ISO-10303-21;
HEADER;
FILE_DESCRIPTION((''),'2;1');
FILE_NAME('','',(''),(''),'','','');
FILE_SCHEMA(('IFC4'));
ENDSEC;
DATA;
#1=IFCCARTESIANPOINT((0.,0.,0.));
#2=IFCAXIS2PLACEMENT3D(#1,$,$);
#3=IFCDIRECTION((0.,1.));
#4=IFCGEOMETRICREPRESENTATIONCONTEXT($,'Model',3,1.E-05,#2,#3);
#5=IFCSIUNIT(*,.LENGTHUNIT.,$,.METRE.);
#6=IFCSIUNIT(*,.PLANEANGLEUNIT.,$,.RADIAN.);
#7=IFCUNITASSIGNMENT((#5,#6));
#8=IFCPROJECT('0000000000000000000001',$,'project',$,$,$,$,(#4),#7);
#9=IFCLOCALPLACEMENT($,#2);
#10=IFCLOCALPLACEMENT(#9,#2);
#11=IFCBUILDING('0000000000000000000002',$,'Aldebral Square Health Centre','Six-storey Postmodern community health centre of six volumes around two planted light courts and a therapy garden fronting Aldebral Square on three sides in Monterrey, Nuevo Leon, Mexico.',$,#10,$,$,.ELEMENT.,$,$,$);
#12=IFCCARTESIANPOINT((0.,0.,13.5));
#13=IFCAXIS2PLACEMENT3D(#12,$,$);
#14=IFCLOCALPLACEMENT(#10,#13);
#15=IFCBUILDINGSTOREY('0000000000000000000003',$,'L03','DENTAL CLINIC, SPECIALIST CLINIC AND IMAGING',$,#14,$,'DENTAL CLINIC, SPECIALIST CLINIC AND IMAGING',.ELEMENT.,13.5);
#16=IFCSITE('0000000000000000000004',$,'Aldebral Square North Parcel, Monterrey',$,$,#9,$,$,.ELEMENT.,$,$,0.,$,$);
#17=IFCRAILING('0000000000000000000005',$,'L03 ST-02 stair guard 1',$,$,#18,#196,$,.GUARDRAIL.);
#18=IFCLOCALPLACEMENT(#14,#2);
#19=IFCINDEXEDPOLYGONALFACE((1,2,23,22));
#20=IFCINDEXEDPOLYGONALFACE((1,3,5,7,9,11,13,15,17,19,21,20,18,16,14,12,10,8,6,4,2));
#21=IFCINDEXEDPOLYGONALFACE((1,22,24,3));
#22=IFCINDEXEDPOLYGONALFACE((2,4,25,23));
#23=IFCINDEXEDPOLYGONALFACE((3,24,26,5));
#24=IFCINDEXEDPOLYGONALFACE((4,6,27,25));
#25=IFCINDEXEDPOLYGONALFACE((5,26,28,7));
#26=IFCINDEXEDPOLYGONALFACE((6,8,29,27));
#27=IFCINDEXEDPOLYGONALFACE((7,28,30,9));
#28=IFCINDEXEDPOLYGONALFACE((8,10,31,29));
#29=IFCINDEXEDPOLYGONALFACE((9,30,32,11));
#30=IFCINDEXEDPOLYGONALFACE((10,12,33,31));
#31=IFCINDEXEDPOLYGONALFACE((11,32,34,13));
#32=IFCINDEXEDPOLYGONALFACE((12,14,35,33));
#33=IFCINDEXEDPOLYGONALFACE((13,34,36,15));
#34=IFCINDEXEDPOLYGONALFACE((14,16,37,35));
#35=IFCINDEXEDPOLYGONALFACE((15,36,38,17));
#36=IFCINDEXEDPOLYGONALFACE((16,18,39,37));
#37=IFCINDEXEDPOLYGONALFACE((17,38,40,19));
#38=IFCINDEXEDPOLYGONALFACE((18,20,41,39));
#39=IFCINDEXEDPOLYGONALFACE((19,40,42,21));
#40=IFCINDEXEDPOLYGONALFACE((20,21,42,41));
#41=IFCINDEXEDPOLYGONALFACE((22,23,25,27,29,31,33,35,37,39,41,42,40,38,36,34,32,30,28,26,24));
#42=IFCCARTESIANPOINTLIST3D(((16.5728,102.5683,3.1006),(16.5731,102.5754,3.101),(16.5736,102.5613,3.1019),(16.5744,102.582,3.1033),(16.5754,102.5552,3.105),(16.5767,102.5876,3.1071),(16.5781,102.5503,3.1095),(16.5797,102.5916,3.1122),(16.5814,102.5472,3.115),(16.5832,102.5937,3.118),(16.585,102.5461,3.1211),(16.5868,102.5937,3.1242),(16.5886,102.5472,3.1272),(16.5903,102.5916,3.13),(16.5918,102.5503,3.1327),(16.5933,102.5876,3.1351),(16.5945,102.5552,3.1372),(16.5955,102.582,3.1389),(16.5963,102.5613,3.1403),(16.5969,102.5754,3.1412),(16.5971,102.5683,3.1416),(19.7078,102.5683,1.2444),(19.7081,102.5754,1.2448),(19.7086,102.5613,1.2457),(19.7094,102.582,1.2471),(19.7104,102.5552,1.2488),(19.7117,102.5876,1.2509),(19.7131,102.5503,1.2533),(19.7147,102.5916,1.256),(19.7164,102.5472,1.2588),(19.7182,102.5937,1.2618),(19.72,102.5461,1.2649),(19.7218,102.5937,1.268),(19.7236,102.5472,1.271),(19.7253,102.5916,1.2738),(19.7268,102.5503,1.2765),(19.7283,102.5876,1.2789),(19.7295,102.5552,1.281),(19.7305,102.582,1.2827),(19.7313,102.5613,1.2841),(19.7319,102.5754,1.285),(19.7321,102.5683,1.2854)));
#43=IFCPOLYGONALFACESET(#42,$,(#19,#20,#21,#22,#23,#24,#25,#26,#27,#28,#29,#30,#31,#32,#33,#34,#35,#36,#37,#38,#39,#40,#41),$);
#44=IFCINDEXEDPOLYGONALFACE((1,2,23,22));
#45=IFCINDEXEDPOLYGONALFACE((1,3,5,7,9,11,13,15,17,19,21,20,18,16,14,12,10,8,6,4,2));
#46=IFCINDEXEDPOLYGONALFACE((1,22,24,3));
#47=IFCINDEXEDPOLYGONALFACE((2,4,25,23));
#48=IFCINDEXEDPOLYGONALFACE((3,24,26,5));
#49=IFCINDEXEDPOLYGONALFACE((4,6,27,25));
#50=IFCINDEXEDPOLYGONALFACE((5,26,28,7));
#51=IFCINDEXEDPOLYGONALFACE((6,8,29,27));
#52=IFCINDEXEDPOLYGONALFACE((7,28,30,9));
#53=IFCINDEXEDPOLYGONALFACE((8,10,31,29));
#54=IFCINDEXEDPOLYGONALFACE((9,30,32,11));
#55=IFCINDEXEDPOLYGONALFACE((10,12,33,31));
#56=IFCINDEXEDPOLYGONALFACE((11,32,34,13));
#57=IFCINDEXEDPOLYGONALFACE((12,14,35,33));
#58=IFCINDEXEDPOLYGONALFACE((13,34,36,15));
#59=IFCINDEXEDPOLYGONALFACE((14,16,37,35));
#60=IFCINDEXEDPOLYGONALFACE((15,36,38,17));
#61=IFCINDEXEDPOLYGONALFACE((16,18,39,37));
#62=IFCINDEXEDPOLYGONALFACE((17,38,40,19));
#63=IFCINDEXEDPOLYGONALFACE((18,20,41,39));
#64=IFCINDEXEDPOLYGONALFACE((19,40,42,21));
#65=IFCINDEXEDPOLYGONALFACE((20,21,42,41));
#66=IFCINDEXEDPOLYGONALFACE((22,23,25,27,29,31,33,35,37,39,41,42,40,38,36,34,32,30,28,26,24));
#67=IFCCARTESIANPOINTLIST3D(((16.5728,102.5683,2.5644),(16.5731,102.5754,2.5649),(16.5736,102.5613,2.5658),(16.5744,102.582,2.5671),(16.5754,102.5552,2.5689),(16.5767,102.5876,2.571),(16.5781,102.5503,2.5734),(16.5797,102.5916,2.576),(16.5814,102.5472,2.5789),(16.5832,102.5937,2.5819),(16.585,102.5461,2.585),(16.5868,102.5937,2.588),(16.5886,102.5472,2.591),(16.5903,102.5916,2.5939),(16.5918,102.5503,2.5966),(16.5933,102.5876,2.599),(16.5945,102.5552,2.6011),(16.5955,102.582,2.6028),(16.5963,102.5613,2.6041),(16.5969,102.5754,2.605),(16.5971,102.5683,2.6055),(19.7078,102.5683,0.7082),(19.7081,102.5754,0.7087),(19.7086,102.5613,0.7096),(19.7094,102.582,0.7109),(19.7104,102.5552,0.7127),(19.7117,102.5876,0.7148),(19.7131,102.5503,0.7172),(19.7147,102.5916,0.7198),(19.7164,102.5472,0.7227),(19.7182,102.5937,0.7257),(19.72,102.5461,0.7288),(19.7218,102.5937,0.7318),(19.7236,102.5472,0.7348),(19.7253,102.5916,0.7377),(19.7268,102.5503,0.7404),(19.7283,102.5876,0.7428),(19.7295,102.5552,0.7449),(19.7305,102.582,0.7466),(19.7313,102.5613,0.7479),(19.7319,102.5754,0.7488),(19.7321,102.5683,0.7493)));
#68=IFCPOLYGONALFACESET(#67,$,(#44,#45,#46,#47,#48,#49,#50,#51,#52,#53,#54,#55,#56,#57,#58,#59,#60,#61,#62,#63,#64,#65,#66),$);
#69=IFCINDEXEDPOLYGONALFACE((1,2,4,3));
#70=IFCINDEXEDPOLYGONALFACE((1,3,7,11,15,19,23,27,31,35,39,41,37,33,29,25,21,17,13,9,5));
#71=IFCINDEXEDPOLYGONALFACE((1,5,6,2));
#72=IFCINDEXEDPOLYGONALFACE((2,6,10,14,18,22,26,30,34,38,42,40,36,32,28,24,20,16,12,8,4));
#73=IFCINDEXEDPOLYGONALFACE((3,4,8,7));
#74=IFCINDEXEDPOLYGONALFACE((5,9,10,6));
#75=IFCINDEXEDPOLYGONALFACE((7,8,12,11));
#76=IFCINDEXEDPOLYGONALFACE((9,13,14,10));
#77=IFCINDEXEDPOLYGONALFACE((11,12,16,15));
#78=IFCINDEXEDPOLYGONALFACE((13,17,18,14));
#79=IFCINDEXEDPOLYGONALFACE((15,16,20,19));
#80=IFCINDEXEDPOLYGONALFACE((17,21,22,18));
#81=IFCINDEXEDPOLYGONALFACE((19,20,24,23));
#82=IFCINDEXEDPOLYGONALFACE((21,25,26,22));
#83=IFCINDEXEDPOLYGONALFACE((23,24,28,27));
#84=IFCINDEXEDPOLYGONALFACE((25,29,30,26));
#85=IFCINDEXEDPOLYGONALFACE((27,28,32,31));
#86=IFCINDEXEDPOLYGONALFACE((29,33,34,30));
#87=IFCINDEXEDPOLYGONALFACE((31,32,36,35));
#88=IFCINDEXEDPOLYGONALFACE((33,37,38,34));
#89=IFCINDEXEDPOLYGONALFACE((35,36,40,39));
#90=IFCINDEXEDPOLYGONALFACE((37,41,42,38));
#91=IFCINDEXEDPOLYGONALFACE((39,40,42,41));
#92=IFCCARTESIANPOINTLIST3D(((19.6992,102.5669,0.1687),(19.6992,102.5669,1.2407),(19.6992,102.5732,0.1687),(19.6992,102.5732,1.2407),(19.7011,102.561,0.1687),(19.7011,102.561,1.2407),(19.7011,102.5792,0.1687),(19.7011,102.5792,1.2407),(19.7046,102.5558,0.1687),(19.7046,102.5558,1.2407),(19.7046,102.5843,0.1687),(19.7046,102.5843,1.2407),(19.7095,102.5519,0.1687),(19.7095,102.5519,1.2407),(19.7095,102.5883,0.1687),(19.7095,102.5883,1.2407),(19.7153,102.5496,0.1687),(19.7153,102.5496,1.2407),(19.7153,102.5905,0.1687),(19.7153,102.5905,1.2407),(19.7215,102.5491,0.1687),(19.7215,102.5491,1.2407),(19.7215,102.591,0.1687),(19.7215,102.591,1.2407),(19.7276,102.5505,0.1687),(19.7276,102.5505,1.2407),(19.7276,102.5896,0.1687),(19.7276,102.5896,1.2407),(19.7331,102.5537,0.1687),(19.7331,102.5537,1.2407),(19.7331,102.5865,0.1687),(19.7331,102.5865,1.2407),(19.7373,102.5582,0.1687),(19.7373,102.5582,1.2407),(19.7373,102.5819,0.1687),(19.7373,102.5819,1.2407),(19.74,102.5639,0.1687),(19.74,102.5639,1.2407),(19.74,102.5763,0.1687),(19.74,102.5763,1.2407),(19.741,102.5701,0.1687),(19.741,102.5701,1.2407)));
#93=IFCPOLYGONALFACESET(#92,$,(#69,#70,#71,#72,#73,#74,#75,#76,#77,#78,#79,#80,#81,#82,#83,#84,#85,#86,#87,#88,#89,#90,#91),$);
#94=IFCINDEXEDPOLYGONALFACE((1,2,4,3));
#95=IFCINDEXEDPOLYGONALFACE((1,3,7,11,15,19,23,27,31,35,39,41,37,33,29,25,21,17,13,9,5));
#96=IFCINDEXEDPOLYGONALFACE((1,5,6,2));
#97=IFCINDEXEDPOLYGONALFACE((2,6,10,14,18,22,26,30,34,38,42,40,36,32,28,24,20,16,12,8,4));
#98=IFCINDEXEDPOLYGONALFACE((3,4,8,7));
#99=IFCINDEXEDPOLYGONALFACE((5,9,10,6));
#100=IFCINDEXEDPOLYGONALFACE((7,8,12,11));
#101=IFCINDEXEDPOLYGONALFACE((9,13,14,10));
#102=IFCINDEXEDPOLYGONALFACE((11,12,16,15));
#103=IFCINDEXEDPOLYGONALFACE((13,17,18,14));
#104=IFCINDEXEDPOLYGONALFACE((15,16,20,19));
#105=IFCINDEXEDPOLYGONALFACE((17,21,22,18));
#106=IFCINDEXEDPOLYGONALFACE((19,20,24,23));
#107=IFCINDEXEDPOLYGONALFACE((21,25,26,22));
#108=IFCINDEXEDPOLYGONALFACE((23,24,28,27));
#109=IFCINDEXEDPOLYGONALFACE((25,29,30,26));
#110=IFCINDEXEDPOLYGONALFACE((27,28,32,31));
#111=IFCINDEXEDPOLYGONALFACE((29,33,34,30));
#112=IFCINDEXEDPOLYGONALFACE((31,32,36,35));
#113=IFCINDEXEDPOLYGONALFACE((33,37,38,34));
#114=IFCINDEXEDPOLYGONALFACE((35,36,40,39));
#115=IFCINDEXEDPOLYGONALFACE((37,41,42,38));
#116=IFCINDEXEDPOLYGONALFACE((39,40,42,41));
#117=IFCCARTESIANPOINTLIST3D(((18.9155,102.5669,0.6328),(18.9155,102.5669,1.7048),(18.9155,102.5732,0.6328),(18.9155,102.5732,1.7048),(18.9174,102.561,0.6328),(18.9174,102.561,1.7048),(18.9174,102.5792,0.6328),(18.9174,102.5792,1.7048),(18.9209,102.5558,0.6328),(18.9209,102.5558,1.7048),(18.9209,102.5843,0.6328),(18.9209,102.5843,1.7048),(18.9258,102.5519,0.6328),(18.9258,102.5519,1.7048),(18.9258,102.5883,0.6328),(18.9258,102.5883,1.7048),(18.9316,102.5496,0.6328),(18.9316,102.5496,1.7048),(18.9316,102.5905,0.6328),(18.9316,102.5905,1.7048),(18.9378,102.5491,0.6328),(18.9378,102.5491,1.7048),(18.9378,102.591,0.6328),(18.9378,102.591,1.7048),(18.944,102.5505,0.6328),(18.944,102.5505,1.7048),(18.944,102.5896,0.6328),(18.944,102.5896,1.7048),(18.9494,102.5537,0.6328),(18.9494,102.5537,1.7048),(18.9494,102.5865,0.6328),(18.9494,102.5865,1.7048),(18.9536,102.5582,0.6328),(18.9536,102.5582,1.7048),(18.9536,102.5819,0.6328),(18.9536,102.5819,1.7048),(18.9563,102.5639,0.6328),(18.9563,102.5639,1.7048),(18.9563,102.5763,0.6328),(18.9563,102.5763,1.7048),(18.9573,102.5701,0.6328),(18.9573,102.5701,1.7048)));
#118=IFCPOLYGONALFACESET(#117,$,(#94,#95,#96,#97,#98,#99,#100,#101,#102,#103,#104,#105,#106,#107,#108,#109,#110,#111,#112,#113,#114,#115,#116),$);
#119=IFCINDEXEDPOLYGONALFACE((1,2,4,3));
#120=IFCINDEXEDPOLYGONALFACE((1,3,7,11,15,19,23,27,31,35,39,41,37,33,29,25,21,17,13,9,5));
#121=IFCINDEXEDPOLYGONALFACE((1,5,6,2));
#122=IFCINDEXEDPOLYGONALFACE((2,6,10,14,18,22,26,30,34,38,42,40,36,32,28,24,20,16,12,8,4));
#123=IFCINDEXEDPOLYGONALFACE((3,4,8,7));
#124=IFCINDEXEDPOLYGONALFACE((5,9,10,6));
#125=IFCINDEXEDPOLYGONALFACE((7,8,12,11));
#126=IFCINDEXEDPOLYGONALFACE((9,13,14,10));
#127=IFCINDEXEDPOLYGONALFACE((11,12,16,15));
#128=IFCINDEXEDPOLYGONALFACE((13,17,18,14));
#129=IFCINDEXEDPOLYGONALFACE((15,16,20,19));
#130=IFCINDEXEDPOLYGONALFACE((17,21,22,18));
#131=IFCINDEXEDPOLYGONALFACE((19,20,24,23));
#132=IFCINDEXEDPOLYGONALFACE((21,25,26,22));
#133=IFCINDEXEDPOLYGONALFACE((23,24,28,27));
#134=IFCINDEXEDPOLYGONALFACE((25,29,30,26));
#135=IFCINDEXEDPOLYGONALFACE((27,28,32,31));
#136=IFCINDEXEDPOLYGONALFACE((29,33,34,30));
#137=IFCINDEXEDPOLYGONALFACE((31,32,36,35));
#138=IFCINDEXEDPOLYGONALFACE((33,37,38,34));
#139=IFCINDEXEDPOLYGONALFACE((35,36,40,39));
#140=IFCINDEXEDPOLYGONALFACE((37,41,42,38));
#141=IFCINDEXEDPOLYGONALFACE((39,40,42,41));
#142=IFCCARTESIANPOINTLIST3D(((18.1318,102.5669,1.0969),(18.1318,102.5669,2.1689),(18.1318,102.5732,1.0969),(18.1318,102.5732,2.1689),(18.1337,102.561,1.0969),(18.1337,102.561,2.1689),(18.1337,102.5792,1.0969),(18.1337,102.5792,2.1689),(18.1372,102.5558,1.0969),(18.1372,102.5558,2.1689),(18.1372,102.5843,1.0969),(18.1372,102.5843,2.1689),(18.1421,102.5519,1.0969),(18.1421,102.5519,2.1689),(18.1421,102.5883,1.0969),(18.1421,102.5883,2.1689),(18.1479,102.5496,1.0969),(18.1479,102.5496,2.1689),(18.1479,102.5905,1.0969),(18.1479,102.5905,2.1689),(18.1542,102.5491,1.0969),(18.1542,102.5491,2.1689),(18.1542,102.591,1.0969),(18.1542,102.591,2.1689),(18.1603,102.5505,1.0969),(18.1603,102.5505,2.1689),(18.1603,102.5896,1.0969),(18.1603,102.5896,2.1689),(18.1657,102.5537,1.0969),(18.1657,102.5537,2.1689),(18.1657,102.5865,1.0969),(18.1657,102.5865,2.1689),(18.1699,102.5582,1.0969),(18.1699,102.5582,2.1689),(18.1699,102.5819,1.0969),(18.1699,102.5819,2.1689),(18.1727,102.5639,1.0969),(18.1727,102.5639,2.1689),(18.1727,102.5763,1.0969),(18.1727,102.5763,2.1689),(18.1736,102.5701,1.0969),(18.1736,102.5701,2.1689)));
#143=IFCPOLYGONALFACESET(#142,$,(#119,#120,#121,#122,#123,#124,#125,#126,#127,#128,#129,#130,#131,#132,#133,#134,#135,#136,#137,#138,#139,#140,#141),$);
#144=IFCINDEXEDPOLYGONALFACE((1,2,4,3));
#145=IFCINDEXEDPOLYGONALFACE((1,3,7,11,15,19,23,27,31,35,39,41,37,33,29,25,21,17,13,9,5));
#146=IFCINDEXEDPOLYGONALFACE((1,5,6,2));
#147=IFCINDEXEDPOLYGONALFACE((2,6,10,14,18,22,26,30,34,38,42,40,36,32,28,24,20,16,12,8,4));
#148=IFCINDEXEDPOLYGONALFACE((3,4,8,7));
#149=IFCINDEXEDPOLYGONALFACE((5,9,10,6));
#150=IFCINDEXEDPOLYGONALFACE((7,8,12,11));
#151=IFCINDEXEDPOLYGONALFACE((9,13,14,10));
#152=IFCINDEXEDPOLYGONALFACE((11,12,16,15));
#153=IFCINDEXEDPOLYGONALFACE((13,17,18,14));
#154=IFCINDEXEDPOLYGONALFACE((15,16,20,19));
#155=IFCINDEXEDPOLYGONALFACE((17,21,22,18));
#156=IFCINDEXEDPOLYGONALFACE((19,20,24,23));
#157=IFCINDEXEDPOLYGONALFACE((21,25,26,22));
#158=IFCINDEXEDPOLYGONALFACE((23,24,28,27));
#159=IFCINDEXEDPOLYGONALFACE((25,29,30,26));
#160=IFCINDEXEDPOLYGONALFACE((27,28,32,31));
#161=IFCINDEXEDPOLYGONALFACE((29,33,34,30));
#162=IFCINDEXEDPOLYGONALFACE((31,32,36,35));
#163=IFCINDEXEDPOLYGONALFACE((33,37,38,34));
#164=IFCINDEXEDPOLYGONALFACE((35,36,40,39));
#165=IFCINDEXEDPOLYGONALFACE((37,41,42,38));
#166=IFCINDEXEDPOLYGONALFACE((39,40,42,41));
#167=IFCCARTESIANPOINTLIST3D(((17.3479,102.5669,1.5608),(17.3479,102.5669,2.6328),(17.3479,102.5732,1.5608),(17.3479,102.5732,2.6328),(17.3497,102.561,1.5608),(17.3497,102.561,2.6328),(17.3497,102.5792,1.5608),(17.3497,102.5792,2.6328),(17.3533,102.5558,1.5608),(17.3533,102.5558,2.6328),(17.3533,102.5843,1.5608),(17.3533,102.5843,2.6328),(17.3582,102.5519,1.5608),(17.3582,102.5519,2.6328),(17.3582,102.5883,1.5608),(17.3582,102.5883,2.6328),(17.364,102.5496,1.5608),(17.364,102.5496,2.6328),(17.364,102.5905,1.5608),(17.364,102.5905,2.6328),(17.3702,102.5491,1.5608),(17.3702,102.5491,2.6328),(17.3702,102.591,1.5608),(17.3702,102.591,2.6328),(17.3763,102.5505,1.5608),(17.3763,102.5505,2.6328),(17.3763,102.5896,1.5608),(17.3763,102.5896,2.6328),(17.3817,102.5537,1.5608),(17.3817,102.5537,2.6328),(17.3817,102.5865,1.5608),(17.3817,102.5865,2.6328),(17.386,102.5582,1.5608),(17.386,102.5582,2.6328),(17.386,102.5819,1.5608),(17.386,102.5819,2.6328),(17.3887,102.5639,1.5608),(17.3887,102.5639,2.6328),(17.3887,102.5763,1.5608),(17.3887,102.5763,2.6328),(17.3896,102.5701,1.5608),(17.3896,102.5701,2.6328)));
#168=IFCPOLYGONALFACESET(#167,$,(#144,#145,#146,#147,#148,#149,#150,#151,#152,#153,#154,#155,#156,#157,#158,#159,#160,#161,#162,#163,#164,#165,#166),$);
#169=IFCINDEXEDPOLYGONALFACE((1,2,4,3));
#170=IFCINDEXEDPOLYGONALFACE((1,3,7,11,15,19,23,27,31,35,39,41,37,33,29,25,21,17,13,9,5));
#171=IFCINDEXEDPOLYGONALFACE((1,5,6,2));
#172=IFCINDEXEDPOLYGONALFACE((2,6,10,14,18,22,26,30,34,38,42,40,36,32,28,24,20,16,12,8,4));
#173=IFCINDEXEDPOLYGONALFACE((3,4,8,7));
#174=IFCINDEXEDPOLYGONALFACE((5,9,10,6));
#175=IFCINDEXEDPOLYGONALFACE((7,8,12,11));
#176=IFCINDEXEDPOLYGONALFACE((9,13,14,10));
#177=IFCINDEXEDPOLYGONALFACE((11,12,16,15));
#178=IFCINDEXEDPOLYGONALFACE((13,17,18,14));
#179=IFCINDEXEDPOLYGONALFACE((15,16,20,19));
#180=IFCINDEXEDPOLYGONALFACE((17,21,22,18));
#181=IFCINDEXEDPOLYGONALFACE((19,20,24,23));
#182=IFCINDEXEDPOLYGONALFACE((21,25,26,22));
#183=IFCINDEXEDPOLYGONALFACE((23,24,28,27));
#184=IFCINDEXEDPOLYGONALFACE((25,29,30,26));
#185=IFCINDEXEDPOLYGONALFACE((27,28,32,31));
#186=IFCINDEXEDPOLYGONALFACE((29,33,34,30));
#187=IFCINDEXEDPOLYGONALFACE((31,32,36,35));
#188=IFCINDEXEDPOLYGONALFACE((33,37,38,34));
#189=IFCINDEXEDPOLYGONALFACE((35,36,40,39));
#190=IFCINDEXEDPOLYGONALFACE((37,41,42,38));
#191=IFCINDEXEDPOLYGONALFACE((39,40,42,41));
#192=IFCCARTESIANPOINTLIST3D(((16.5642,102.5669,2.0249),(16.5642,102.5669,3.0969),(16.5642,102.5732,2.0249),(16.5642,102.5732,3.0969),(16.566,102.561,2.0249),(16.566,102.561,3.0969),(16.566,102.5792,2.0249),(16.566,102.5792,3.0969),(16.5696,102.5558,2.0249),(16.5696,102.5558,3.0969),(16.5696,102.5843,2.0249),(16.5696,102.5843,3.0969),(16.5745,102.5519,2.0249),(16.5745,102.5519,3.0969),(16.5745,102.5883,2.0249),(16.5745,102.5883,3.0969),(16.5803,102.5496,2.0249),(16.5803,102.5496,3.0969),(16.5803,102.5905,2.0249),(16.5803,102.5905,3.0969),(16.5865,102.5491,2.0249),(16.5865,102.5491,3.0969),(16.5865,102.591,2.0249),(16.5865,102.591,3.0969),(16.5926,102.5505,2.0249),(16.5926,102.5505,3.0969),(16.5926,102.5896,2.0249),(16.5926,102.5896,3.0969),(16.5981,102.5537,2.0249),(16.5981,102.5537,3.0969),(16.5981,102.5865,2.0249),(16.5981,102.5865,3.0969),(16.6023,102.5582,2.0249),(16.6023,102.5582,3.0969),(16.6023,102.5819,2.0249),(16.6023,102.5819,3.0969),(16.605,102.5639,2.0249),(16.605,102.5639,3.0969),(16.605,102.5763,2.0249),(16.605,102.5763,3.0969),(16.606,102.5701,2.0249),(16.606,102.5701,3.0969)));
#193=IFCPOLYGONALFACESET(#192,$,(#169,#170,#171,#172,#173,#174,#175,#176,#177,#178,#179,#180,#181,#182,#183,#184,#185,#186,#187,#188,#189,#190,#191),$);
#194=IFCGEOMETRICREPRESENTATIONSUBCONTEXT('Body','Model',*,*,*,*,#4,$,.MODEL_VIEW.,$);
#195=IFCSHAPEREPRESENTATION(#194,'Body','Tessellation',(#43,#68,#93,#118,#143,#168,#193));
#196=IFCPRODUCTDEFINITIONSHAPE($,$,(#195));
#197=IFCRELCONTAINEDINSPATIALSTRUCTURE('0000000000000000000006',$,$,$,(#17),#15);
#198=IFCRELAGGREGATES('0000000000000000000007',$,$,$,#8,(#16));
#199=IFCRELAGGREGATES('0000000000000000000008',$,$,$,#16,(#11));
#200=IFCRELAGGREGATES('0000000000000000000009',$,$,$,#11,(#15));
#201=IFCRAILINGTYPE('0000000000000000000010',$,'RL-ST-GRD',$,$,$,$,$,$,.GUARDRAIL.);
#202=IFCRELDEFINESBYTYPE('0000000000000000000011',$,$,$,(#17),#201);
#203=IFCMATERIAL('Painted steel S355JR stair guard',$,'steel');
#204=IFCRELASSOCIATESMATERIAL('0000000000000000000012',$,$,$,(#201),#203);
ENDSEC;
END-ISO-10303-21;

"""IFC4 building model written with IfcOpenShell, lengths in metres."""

from ifc_helpers import new_model, si_unit, direction, frame, origin, origin_2d, place, context, subcontext, project, spatial, circle, extrude, material, type_object, element, save


model = new_model("IFC4")

# Units and contexts
model_context = context("Model", 3, precision=1e-05, world=origin(), true_north=direction((0.0, 1.0)))
body_context = subcontext(model_context, "Body", "Model", "MODEL_VIEW")
ifc_project = project(units=[si_unit("LENGTHUNIT", "METRE"), si_unit("PLANEANGLEUNIT", "RADIAN")], contexts=[model_context])

# Site, building, storey
site_placement = place(None, origin())
site = spatial("IfcSite", under=ifc_project, at=site_placement, Name="Aldebral Square North Parcel, Monterrey", CompositionType="ELEMENT", RefElevation=0.0)
building_placement = place(site_placement, origin())
building = spatial("IfcBuilding", under=site, at=building_placement, Name="Aldebral Square Health Centre", Description="Six-storey Postmodern community health centre of six volumes around two planted light courts and a therapy garden fronting Aldebral Square on three sides in Monterrey, Nuevo Leon, Mexico.", CompositionType="ELEMENT")
storey_placement = place(building_placement, frame((0.0, 0.0, 13.5)))
storey = spatial("IfcBuildingStorey", under=building, at=storey_placement, Name="L03", Description="DENTAL CLINIC, SPECIALIST CLINIC AND IMAGING", LongName="DENTAL CLINIC, SPECIALIST CLINIC AND IMAGING", CompositionType="ELEMENT", Elevation=13.5)

# Railing
ifc_material_1 = material(Name="Painted steel S355JR stair guard", Category="steel")
railing_type_1 = type_object("IfcRailingType", Name="RL-ST-GRD", PredefinedType="GUARDRAIL", material=ifc_material_1)
railing_1_placement = place(storey_placement, frame((19.72, 102.5701, 0.1687)))
element("IfcRailing", 1, at=railing_1_placement, inside=storey, type_object=railing_type_1, Name="L03 ST-02 stair guard 1", PredefinedType="GUARDRAIL", context=body_context, shape_type="SweptSolid", body=[
    extrude(circle(Radius=0.0239, at=origin_2d()), frame((0.0, 0.0, 1.0962), z_axis=(-0.860482, 0.0, 0.509481), x_axis=(0.0, -1.0, 0.0)), (0.0, 0.0, 1.0), 3.6433),
    extrude(circle(Radius=0.0239, at=origin_2d()), frame((0.0, 0.0, 0.5601), z_axis=(-0.860482, 0.0, 0.509481), x_axis=(0.0, -1.0, 0.0)), (0.0, 0.0, 1.0), 3.6433),
    extrude(circle(Radius=0.021, at=origin_2d()), origin(), (0.0, 0.0, 1.0), 1.072),
    extrude(circle(Radius=0.021, at=origin_2d()), frame((-0.7837, 0.0, 0.4641)), (0.0, 0.0, 1.0), 1.072),
    extrude(circle(Radius=0.021, at=origin_2d()), frame((-1.5674, 0.0, 0.9282)), (0.0, 0.0, 1.0), 1.072),
    extrude(circle(Radius=0.021, at=origin_2d()), frame((-2.3513, 0.0, 1.3921)), (0.0, 0.0, 1.0), 1.072),
    extrude(circle(Radius=0.021, at=origin_2d()), frame((-3.135, 0.0, 1.8562)), (0.0, 0.0, 1.0), 1.072),
])

save(model, "model.ifc")
